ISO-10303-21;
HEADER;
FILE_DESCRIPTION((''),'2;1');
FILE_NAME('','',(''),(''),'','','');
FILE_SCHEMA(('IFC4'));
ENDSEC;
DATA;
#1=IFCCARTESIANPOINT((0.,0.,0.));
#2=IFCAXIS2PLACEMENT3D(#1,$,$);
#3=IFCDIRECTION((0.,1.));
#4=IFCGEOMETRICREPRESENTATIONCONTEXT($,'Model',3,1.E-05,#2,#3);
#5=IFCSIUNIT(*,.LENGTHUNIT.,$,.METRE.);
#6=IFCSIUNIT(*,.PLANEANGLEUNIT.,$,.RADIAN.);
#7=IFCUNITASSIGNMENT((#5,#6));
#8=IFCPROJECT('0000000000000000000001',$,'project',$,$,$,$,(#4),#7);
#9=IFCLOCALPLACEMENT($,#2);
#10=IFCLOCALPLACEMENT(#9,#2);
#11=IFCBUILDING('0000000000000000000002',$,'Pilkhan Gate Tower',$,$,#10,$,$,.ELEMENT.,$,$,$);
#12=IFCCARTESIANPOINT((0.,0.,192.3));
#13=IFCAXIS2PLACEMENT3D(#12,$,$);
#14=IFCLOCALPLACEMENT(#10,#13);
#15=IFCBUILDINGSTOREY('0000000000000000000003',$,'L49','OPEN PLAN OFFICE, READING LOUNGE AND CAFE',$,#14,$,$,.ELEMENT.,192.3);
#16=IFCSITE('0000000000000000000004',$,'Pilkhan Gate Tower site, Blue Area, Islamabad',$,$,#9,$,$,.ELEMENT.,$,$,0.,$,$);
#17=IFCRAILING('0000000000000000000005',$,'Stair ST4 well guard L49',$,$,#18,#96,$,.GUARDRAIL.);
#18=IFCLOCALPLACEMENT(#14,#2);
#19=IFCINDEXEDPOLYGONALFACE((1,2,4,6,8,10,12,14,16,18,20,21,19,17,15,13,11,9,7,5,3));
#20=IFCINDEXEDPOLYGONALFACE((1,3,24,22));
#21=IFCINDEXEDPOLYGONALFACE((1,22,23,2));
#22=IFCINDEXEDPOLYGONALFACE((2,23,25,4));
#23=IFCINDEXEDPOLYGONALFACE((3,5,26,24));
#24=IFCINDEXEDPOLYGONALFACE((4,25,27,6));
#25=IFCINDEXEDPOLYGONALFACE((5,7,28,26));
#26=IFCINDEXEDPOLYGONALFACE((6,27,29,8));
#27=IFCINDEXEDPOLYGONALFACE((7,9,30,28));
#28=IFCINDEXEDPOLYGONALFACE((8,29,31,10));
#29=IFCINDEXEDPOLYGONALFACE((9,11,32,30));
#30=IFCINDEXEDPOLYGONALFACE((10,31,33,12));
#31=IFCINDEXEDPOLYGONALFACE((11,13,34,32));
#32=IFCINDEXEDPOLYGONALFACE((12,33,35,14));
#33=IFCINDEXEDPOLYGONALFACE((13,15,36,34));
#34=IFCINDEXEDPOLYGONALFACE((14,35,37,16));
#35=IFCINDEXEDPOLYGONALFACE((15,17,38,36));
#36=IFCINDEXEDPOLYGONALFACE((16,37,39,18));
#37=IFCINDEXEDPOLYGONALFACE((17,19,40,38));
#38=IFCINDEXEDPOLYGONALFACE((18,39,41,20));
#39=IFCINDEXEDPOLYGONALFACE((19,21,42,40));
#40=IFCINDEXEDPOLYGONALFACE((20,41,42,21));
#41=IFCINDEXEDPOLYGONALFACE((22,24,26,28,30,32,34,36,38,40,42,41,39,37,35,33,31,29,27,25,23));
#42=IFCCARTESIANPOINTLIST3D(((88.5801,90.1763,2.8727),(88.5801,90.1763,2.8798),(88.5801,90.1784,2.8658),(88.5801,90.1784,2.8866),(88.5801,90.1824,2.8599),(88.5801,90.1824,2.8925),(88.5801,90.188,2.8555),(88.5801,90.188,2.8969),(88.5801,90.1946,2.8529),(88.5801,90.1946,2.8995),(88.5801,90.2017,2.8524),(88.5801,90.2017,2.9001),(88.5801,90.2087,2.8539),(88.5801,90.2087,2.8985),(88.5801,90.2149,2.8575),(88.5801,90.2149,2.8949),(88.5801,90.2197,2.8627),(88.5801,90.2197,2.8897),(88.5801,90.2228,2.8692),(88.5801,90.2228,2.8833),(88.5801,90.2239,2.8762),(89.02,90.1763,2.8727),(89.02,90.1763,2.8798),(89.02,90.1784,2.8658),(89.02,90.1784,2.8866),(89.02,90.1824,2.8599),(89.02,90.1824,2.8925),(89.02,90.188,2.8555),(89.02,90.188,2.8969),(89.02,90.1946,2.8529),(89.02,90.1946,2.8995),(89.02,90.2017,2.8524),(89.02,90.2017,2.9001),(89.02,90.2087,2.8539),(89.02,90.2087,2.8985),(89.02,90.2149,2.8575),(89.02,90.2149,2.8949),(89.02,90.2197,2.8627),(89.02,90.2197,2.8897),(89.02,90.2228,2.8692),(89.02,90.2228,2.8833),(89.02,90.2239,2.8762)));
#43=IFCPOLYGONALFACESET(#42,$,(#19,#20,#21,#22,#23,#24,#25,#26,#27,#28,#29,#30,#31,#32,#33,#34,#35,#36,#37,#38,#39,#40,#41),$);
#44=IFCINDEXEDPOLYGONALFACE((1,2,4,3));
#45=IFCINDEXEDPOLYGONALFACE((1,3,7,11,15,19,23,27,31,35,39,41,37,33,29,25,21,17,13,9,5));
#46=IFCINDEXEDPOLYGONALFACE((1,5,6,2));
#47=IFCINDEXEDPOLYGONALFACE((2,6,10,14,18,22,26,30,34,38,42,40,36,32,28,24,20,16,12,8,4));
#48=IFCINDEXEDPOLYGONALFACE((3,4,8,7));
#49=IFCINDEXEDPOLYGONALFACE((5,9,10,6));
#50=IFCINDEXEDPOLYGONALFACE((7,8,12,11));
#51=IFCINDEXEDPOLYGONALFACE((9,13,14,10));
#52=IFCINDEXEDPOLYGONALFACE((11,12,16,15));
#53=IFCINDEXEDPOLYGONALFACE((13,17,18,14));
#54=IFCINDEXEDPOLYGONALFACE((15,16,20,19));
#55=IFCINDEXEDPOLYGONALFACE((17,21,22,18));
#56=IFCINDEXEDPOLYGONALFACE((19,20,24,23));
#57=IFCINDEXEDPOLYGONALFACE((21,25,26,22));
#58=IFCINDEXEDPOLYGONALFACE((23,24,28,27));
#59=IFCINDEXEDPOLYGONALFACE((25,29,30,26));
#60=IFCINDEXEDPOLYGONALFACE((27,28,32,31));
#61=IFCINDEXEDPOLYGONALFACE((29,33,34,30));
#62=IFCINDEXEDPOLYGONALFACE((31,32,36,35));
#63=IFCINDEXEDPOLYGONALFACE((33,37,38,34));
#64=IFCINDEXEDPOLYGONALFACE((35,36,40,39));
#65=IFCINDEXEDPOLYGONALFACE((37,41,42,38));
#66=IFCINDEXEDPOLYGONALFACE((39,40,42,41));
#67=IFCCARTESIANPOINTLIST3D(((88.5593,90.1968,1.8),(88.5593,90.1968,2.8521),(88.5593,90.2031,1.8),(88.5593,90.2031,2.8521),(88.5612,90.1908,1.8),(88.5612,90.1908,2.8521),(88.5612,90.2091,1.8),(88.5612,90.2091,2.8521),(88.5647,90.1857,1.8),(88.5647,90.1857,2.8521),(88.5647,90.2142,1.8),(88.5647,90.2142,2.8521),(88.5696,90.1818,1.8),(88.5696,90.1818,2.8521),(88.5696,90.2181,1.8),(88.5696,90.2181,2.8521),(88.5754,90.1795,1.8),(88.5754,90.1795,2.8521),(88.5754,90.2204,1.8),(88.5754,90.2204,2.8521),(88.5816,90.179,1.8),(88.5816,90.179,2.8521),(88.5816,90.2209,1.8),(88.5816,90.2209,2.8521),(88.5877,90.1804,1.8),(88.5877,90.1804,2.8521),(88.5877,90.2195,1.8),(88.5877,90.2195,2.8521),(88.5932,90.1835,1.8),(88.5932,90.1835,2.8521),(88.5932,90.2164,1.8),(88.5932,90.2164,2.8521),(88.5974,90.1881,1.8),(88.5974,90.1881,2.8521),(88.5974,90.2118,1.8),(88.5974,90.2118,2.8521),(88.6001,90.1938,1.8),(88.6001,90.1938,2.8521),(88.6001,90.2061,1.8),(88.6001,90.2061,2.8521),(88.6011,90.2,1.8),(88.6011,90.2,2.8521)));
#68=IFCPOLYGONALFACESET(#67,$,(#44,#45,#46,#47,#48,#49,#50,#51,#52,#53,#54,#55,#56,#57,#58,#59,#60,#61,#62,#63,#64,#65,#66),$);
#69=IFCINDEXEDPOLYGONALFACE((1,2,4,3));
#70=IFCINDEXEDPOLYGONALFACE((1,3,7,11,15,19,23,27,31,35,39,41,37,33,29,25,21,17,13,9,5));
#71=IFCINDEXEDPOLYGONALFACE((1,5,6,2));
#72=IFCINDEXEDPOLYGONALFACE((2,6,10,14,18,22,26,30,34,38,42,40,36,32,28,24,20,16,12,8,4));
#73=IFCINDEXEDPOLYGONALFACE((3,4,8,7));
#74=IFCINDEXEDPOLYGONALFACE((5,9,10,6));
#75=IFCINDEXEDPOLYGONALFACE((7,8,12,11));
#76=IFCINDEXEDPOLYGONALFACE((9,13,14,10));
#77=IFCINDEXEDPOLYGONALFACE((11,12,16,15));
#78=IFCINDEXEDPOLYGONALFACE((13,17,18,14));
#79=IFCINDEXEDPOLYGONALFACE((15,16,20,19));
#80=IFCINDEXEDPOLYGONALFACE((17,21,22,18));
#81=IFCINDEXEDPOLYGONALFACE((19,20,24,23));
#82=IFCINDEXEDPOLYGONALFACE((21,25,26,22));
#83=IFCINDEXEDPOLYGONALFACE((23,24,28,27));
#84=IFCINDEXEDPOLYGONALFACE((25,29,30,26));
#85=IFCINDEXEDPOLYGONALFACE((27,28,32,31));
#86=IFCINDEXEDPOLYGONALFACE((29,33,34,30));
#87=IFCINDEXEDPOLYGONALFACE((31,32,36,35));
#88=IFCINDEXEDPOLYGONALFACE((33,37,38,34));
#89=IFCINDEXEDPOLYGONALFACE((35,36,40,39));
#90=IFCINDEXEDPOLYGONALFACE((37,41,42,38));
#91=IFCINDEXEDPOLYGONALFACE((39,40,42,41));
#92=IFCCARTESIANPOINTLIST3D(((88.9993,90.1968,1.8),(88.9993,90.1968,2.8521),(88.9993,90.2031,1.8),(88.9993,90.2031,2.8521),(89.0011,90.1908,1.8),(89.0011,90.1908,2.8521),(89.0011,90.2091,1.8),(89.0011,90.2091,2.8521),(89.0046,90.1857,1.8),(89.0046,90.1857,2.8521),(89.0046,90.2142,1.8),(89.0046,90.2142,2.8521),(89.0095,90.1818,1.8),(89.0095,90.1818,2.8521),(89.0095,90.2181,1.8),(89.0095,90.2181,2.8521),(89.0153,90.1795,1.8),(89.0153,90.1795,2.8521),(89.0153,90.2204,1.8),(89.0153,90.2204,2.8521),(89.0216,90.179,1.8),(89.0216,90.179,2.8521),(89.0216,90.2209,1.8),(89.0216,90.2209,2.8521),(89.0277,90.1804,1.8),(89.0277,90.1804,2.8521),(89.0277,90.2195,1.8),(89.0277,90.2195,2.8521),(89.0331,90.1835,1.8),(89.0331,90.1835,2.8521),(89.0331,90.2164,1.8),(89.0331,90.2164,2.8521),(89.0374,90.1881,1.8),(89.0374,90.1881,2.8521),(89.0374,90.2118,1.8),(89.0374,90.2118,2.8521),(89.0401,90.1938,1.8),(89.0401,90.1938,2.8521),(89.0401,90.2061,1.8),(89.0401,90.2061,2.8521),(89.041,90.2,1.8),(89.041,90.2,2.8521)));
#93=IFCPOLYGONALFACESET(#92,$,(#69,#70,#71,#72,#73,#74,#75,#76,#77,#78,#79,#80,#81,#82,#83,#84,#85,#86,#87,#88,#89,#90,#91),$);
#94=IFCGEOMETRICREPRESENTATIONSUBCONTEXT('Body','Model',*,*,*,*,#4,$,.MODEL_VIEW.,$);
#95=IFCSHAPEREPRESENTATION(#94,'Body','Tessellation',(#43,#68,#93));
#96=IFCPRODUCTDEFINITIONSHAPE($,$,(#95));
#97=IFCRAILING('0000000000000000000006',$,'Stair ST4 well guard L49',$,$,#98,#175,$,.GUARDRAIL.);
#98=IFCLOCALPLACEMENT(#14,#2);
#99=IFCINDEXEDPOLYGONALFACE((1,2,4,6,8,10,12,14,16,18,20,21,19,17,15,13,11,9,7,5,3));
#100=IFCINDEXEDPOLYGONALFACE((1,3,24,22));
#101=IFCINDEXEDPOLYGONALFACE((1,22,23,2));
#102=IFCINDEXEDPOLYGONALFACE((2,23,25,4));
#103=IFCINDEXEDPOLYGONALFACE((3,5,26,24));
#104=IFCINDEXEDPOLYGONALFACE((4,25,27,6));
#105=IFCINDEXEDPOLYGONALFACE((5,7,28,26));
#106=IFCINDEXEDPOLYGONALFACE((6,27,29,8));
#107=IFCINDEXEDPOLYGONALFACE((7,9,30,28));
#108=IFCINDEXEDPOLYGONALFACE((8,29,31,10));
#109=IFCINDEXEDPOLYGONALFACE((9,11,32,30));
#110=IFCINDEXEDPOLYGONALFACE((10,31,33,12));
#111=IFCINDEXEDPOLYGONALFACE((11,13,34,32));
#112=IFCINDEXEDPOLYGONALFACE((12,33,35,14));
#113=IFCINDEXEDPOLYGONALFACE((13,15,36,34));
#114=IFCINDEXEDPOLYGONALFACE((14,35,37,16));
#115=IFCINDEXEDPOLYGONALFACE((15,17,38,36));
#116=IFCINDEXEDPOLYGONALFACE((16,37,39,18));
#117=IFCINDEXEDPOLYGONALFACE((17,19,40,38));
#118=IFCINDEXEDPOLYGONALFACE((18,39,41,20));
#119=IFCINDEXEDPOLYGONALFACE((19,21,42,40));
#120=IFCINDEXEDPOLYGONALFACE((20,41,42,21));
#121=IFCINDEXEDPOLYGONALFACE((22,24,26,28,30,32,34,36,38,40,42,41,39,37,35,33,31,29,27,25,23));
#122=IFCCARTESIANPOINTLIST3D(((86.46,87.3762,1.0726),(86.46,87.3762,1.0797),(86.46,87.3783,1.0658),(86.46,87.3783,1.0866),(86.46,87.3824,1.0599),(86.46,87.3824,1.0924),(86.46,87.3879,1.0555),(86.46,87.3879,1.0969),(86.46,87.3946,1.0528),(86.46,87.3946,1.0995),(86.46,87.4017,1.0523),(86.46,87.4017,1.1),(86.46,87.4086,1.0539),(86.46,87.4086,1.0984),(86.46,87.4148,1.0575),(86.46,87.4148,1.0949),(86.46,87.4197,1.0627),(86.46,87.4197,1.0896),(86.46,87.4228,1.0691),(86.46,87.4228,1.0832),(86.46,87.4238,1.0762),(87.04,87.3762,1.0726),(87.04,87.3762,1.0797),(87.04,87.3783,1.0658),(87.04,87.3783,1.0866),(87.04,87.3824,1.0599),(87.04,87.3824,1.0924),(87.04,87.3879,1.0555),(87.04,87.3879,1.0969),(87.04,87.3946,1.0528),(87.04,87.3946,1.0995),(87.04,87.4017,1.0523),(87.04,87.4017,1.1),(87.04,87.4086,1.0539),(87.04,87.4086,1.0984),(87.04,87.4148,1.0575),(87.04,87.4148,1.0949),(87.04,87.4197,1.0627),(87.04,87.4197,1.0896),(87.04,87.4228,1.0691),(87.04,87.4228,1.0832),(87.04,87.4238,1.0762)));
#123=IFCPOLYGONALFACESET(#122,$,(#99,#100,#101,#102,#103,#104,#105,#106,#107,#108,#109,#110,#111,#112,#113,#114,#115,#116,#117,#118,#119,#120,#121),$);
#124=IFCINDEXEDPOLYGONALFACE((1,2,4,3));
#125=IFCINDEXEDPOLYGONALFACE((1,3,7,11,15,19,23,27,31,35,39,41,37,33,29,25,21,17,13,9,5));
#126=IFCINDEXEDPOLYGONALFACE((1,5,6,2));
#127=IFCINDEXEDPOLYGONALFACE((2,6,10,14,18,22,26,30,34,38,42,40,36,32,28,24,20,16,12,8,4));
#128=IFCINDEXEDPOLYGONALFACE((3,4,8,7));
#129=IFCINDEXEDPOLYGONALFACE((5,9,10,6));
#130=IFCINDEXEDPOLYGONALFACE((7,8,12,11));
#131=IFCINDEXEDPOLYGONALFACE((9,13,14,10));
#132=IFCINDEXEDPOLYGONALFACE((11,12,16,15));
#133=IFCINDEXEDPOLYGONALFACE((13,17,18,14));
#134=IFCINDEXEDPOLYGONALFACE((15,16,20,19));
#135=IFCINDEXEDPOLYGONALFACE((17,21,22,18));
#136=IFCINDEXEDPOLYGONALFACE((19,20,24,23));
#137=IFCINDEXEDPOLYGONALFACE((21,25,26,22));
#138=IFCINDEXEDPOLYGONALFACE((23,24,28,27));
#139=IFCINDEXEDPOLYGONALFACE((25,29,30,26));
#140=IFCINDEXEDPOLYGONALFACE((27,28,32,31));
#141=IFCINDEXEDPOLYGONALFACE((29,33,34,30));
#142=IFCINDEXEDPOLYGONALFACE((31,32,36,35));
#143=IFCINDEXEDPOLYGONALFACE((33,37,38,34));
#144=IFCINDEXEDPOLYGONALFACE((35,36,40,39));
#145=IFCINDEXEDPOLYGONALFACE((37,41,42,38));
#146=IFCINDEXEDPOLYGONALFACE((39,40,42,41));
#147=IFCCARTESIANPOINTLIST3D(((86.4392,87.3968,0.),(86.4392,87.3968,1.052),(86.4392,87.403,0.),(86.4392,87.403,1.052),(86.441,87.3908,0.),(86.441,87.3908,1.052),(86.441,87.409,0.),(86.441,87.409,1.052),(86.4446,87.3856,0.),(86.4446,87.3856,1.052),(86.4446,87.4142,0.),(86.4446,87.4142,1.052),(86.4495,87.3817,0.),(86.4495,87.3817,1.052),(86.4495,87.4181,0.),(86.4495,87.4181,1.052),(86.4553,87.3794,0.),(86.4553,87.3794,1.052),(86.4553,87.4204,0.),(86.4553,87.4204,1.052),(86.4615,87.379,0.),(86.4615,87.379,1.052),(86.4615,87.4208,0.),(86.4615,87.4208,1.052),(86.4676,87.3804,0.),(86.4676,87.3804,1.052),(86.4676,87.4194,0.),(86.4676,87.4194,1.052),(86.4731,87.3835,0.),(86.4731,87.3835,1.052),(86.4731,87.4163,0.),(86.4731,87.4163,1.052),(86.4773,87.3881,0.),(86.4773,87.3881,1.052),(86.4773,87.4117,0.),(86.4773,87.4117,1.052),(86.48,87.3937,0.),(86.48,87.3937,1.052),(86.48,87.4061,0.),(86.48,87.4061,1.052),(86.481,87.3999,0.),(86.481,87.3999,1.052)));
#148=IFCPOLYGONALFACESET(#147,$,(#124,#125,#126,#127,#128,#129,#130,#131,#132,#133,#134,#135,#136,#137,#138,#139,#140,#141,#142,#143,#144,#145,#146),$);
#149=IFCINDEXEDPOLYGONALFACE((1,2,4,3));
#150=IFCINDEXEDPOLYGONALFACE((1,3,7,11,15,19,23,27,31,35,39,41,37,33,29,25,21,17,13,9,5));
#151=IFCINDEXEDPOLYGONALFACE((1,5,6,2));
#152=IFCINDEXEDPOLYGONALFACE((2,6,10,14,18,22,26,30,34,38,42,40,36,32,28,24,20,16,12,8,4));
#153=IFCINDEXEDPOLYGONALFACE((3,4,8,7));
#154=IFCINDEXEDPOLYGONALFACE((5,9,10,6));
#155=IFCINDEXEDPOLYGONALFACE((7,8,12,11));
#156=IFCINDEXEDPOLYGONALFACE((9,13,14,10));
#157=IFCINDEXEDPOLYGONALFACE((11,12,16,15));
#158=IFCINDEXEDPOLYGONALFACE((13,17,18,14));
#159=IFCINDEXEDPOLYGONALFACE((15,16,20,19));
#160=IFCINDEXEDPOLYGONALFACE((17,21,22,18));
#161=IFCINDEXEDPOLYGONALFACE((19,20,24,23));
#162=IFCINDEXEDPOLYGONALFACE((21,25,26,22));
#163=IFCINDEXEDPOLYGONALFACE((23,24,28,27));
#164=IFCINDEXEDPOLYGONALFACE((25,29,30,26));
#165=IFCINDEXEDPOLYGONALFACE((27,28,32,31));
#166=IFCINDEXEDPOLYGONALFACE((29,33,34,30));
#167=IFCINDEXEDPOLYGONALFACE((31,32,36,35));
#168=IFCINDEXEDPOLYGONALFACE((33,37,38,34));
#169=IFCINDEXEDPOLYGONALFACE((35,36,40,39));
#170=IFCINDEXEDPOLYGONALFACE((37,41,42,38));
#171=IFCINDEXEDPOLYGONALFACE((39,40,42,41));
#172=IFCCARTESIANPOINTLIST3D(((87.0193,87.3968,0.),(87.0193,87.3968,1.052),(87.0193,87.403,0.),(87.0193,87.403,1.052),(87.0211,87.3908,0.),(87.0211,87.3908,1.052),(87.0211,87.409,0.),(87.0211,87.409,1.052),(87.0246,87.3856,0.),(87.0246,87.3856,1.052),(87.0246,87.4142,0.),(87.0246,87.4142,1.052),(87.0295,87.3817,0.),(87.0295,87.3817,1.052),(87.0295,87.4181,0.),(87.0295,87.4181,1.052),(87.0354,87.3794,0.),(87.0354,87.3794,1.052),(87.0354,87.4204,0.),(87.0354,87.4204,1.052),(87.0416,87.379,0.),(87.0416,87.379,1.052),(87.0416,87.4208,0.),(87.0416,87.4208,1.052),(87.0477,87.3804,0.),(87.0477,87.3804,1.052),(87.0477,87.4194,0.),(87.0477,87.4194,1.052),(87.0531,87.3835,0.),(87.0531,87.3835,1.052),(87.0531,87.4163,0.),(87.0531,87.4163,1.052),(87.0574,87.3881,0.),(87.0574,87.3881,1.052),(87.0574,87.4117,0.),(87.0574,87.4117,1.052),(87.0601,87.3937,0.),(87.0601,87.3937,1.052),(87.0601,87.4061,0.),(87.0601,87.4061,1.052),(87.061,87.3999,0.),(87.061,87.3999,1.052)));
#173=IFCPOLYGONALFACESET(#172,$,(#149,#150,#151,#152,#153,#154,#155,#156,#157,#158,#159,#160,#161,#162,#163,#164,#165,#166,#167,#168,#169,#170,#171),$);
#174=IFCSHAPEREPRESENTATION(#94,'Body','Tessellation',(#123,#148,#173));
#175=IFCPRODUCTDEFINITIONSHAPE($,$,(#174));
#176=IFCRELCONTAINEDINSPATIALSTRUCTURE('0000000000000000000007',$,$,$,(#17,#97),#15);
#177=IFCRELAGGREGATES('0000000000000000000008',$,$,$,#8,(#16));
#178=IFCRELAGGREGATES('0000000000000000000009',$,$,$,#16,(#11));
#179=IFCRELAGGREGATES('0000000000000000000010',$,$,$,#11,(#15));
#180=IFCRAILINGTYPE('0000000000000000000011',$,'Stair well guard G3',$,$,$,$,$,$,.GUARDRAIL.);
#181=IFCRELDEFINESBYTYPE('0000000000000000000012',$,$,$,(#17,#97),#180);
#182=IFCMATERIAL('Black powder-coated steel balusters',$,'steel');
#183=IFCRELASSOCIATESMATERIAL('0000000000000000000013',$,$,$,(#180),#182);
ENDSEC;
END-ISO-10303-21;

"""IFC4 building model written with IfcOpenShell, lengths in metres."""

from ifc_helpers import new_model, si_unit, direction, frame, origin, origin_2d, place, context, subcontext, project, spatial, circle, extrude, material, type_object, element, save


model = new_model("IFC4")

# Units and contexts
model_context = context("Model", 3, precision=1e-05, world=origin(), true_north=direction((0.0, 1.0)))
body_context = subcontext(model_context, "Body", "Model", "MODEL_VIEW")
ifc_project = project(units=[si_unit("LENGTHUNIT", "METRE"), si_unit("PLANEANGLEUNIT", "RADIAN")], contexts=[model_context])

# Site, building, storey
site_placement = place(None, origin())
site = spatial("IfcSite", under=ifc_project, at=site_placement, Name="Pilkhan Gate Tower site, Blue Area, Islamabad", CompositionType="ELEMENT", RefElevation=0.0)
building_placement = place(site_placement, origin())
building = spatial("IfcBuilding", under=site, at=building_placement, Name="Pilkhan Gate Tower", CompositionType="ELEMENT")
storey_placement = place(building_placement, frame((0.0, 0.0, 192.3)))
storey = spatial("IfcBuildingStorey", under=building, at=storey_placement, Name="L49", Description="OPEN PLAN OFFICE, READING LOUNGE AND CAFE", CompositionType="ELEMENT", Elevation=192.3)

# Railings
ifc_material_1 = material(Name="Black powder-coated steel balusters", Category="steel")
railing_type_1 = type_object("IfcRailingType", Name="Stair well guard G3", PredefinedType="GUARDRAIL", material=ifc_material_1)
railing_1_placement = place(storey_placement, frame((88.5801, 90.2, 1.8)))
element("IfcRailing", 1, at=railing_1_placement, inside=storey, type_object=railing_type_1, Name="Stair ST4 well guard L49", PredefinedType="GUARDRAIL", context=body_context, shape_type="SweptSolid", body=[
    extrude(circle(Radius=0.0239, at=origin_2d()), frame((0.0, 0.0, 1.0762), z_axis=(1.0, 0.0, 0.0), x_axis=(0.0, 1.0, 0.0)), (0.0, 0.0, 1.0), 0.4399),
    extrude(circle(Radius=0.021, at=origin_2d()), origin(), (0.0, 0.0, 1.0), 1.052),
    extrude(circle(Radius=0.021, at=origin_2d()), frame((0.4399, 0.0, 0.0)), (0.0, 0.0, 1.0), 1.052),
])
for number, where, name in (
    (2, (86.46, 87.3999, 0.0), "Stair ST4 well guard L49"),
):
    element("IfcRailing", number, at=place(storey_placement, frame(where)), inside=storey, type_object=railing_type_1, Name=name, PredefinedType="GUARDRAIL", context=body_context, shape_type="SweptSolid", body=[
        extrude(circle(Radius=0.0239, at=origin_2d()), frame((0.0, 0.0, 1.0762), z_axis=(1.0, 0.0, 0.0), x_axis=(0.0, 1.0, 0.0)), (0.0, 0.0, 1.0), 0.5801),
        extrude(circle(Radius=0.021, at=origin_2d()), origin(), (0.0, 0.0, 1.0), 1.052),
        extrude(circle(Radius=0.021, at=origin_2d()), frame((0.5801, 0.0, 0.0)), (0.0, 0.0, 1.0), 1.052),
    ])

save(model, "model.ifc")
